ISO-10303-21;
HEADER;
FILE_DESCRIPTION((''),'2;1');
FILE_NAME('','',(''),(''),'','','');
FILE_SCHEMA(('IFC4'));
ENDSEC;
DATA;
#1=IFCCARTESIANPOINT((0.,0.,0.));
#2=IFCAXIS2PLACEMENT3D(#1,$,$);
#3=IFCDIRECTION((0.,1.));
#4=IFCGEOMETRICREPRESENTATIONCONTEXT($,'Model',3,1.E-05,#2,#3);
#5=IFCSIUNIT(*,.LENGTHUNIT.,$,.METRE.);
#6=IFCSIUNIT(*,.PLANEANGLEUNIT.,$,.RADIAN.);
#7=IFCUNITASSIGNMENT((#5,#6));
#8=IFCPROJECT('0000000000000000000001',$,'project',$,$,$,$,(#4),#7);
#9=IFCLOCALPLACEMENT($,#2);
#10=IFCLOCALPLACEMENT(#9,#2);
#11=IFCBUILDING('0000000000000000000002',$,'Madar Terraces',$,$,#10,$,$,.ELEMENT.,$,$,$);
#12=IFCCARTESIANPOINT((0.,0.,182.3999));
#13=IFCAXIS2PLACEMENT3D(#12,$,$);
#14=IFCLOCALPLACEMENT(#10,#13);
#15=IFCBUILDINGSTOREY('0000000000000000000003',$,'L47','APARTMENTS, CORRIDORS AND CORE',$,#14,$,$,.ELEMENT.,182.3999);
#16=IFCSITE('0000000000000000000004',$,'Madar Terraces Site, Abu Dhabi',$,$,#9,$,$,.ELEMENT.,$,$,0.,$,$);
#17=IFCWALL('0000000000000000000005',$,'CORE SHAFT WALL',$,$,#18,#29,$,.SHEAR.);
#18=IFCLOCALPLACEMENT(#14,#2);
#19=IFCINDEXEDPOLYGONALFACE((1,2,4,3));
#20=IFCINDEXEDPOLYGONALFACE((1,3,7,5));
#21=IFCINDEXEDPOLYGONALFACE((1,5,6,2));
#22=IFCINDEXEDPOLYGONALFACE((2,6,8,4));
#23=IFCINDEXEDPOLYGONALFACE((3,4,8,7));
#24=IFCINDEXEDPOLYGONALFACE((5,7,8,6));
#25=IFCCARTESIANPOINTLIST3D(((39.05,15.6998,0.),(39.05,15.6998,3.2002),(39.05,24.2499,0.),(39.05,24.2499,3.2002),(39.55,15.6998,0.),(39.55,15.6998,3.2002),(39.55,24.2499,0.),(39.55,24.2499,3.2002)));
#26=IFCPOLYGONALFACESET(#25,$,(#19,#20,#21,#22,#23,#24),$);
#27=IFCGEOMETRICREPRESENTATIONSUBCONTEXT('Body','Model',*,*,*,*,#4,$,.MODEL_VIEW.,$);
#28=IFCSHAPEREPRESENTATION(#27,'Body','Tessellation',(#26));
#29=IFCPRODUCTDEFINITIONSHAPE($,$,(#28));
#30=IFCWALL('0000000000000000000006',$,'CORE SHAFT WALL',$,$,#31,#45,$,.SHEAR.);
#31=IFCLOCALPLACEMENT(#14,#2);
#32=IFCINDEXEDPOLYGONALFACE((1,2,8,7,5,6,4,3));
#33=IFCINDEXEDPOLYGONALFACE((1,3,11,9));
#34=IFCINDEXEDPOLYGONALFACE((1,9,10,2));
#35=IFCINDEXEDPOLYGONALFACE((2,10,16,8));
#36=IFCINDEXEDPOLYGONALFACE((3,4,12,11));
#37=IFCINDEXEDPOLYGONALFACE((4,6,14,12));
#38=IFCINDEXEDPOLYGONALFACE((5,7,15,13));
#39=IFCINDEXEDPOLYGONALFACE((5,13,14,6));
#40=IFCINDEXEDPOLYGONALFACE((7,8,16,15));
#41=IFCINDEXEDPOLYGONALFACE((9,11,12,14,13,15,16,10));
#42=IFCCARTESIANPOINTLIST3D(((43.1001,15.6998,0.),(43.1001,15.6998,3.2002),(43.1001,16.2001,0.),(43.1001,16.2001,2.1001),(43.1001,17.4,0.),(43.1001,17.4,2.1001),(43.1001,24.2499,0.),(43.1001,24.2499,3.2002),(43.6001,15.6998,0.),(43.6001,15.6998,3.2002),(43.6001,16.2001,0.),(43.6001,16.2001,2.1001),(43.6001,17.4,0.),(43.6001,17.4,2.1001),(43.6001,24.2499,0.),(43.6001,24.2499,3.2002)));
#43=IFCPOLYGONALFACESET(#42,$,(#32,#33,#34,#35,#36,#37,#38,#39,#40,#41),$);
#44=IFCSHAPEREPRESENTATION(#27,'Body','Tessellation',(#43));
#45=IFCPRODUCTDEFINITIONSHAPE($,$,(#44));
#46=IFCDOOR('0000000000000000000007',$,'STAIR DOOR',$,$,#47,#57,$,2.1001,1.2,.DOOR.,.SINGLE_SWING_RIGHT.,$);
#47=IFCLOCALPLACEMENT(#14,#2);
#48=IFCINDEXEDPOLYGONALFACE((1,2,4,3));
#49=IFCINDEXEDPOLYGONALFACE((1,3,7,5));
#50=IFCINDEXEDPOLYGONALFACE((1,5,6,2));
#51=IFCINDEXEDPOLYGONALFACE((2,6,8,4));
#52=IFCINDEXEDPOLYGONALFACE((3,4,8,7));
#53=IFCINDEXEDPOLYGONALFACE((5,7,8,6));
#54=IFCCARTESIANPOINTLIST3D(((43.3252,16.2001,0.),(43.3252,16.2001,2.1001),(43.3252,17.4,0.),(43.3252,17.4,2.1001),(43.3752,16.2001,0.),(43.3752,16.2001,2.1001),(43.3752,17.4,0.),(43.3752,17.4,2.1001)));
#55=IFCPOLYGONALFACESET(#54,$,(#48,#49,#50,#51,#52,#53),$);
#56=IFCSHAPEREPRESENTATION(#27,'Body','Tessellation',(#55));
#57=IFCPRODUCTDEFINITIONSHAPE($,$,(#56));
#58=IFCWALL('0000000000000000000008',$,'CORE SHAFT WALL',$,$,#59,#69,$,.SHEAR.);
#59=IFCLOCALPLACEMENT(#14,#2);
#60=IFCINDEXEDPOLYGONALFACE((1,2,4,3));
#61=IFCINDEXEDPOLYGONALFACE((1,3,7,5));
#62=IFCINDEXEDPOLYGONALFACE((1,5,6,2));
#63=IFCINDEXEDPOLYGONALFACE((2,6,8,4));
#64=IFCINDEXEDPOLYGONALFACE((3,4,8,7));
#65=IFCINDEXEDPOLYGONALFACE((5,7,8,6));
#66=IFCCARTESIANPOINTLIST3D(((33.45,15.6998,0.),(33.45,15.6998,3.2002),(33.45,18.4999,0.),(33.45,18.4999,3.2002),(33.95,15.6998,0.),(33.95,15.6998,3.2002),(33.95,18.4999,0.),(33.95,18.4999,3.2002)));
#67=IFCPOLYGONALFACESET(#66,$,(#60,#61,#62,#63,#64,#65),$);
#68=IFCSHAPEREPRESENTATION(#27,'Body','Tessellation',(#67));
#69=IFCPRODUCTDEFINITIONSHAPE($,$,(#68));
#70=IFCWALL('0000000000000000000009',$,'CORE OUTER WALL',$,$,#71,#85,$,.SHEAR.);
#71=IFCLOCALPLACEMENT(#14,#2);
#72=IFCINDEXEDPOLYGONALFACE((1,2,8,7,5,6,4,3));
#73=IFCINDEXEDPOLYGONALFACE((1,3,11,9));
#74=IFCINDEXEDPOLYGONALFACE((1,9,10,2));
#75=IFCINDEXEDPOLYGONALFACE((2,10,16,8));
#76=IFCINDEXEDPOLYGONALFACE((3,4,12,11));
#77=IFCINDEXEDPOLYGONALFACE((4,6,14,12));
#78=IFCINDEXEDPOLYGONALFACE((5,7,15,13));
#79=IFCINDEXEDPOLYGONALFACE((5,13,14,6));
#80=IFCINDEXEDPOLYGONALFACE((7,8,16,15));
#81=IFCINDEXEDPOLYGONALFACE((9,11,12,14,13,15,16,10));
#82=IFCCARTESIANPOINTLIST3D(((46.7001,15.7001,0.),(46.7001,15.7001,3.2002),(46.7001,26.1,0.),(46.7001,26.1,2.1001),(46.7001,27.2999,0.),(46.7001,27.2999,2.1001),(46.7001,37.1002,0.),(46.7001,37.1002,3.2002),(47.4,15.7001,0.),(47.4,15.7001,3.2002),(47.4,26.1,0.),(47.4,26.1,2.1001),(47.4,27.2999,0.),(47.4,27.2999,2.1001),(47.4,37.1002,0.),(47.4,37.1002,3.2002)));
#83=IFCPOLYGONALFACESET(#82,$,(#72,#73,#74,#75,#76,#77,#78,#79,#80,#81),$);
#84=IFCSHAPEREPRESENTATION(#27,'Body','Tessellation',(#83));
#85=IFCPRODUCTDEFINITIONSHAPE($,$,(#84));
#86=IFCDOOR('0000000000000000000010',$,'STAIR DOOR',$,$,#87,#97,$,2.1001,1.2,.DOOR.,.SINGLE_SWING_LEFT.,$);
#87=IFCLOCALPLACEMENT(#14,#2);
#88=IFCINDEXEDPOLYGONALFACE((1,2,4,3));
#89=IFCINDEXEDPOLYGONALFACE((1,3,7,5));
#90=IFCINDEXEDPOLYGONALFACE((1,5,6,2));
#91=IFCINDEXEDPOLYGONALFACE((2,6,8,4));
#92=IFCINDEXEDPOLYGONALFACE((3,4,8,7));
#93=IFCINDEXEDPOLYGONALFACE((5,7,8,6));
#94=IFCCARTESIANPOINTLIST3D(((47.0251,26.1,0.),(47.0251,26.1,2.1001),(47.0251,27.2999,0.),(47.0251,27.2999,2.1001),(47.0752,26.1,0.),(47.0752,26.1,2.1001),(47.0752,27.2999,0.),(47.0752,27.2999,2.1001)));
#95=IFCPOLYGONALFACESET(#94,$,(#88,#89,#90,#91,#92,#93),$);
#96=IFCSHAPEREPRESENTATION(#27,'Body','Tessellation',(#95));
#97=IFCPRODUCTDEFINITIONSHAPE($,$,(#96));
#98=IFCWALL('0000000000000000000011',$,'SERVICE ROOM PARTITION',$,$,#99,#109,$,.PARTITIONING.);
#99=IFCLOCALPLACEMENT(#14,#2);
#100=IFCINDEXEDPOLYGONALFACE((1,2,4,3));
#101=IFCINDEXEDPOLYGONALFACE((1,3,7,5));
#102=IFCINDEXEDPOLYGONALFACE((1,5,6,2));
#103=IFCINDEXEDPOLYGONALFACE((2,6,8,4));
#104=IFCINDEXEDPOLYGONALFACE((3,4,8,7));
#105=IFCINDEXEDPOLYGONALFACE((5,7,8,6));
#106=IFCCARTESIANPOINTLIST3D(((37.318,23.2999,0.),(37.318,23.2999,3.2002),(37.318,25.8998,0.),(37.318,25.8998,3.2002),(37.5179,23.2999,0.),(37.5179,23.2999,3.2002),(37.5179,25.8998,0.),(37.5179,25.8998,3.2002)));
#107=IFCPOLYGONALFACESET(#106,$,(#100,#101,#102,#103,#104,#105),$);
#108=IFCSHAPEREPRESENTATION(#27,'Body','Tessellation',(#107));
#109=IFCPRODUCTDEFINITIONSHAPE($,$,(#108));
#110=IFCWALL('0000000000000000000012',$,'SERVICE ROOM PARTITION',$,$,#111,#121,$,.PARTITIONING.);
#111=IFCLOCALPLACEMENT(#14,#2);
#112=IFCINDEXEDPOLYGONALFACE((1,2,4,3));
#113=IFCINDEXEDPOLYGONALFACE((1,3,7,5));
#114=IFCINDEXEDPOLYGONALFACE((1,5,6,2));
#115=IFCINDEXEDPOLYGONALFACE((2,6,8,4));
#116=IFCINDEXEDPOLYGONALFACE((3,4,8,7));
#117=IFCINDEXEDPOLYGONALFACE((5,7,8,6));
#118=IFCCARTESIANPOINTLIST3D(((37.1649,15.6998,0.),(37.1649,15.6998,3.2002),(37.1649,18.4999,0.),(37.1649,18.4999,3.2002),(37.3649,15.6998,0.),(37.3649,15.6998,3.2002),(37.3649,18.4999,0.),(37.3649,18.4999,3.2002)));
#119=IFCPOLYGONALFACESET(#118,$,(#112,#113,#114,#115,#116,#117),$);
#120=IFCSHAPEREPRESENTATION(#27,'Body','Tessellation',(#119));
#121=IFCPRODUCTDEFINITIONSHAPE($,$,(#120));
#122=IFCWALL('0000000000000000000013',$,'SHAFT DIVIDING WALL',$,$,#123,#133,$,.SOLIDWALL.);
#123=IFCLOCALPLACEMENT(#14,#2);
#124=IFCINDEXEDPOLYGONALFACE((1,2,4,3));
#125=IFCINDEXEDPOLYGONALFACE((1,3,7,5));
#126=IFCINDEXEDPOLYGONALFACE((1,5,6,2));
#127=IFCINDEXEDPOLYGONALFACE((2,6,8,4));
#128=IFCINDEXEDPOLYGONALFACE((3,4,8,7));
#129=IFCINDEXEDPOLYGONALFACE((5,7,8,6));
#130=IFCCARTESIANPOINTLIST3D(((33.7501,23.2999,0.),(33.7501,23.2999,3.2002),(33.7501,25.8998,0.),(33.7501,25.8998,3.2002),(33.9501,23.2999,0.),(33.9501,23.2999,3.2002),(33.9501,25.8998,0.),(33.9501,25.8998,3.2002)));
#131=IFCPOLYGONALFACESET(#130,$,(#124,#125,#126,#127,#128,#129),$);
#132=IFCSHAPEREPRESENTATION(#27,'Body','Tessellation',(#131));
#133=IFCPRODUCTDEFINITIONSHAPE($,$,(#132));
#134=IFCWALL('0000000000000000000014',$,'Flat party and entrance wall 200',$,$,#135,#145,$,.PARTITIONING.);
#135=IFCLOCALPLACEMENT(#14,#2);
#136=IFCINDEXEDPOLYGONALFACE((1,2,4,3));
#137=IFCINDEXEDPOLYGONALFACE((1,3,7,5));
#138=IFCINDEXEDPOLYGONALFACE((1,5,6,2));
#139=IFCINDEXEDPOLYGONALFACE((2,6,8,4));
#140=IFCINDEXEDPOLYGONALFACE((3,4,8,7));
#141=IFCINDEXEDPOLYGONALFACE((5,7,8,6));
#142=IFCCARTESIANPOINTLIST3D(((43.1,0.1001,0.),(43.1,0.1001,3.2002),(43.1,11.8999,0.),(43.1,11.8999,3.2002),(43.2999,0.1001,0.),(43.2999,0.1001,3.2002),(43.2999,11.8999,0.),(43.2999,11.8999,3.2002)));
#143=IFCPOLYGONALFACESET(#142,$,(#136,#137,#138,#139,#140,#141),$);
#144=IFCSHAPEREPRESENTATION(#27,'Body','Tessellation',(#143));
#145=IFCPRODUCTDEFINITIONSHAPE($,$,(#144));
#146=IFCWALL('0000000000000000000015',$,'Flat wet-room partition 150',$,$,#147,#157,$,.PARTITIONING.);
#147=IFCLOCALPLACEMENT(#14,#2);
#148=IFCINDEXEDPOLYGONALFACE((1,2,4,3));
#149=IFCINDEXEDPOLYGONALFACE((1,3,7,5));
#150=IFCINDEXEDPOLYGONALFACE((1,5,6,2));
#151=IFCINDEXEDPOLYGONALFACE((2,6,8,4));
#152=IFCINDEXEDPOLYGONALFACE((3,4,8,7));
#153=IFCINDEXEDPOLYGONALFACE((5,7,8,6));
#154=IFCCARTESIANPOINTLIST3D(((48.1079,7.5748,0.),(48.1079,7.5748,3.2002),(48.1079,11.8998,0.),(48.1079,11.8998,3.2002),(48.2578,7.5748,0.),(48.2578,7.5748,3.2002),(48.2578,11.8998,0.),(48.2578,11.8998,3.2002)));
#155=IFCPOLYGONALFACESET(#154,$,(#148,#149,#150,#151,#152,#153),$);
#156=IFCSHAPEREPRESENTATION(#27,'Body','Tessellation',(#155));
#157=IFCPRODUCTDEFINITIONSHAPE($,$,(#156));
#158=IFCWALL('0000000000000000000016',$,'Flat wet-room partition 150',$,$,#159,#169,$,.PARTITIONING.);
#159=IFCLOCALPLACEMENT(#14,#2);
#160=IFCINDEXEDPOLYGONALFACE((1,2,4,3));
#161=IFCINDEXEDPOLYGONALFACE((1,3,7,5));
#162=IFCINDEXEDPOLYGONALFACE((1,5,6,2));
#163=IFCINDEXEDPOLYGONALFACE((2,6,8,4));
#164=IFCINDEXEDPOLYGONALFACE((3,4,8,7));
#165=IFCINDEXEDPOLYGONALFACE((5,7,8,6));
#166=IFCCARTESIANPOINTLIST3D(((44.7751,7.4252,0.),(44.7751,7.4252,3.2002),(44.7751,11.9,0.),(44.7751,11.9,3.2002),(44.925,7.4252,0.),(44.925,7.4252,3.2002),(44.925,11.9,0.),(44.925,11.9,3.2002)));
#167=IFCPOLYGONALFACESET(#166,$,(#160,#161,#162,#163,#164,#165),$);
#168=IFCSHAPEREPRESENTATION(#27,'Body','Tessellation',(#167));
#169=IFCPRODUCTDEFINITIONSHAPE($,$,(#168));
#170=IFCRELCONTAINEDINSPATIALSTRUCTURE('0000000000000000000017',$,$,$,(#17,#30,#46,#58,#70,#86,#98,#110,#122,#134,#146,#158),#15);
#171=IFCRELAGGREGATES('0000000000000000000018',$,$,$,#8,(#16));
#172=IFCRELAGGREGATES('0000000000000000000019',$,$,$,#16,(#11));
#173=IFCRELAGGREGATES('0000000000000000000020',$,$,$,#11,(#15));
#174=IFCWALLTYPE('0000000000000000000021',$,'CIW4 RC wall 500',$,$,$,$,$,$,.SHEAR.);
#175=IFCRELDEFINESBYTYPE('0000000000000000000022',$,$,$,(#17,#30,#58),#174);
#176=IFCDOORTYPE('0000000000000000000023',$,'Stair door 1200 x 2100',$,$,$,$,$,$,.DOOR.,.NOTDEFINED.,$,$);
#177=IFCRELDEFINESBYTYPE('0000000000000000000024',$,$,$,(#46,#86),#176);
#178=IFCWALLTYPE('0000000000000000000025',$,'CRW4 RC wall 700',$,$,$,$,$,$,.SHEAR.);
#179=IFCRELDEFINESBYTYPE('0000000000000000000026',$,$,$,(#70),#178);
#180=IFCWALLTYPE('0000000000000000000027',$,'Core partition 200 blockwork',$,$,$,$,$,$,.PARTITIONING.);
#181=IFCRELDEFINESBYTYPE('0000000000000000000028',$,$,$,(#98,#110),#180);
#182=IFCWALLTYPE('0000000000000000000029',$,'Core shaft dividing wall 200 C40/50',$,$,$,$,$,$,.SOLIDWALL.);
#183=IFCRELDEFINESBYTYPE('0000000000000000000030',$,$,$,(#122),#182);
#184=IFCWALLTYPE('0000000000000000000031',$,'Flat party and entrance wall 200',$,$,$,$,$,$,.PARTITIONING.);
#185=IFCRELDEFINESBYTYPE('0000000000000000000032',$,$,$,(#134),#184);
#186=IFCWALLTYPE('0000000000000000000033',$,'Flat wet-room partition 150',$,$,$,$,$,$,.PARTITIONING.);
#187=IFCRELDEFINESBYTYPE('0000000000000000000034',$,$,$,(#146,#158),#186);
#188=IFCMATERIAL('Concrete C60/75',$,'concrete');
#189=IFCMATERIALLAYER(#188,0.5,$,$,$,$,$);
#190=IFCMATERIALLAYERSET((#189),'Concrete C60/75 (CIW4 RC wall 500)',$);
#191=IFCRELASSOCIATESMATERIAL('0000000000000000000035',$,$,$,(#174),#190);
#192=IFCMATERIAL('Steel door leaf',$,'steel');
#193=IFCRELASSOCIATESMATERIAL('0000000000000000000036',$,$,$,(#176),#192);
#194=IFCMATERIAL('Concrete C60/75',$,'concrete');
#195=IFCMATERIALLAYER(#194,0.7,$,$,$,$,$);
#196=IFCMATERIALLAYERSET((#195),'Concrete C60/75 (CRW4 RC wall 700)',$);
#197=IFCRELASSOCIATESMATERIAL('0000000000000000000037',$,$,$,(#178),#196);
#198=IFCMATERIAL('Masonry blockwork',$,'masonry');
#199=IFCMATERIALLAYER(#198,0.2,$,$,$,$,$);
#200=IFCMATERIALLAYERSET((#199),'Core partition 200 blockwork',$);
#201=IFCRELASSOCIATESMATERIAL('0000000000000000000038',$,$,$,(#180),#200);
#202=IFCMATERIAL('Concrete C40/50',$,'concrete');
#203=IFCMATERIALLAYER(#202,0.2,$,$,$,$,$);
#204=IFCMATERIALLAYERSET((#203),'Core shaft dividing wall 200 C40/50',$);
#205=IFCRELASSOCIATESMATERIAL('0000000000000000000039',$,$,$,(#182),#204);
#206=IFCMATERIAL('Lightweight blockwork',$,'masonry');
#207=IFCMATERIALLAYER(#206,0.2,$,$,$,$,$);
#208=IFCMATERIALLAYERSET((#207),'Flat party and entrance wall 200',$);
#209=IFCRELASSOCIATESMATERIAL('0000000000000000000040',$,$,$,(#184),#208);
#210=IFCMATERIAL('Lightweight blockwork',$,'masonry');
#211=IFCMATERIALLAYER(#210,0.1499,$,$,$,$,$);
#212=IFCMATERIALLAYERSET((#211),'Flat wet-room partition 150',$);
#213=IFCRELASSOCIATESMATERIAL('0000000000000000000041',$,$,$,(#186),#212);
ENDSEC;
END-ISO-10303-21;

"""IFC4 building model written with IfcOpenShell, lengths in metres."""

from ifc_helpers import new_model, si_unit, direction, frame, frame_2d, origin, place, context, subcontext, project, spatial, rectangle, extrude, material, layer, layer_set, type_object, element, fill, save


model = new_model("IFC4")

# Units and contexts
model_context = context("Model", 3, precision=1e-05, world=origin(), true_north=direction((0.0, 1.0)))
body_context = subcontext(model_context, "Body", "Model", "MODEL_VIEW")
ifc_project = project(units=[si_unit("LENGTHUNIT", "METRE"), si_unit("PLANEANGLEUNIT", "RADIAN")], contexts=[model_context])

# Site, building, storey
site_placement = place(None, origin())
site = spatial("IfcSite", under=ifc_project, at=site_placement, Name="Madar Terraces Site, Abu Dhabi", CompositionType="ELEMENT", RefElevation=0.0)
building_placement = place(site_placement, origin())
building = spatial("IfcBuilding", under=site, at=building_placement, Name="Madar Terraces", CompositionType="ELEMENT")
storey_placement = place(building_placement, frame((0.0, 0.0, 182.3999)))
storey = spatial("IfcBuildingStorey", under=building, at=storey_placement, Name="L47", Description="APARTMENTS, CORRIDORS AND CORE", CompositionType="ELEMENT", Elevation=182.3999)

# Wall
ifc_material_1 = material(Name="Concrete C60/75", Category="concrete")
ifc_layer_1 = layer(ifc_material_1, 0.5)
ifc_layer_set_1 = layer_set([ifc_layer_1], Name="Concrete C60/75 (CIW4 RC wall 500)")
wall_type_1 = type_object("IfcWallType", Name="CIW4 RC wall 500", PredefinedType="SHEAR", material=ifc_layer_set_1)
wall_1_placement = place(storey_placement, frame((39.3, 15.7, 0.0), z_axis=(0.0, 0.0, 1.0), x_axis=(0.0, 1.0, 0.0)))
element("IfcWall", 1, at=wall_1_placement, inside=storey, type_object=wall_type_1, Name="CORE SHAFT WALL", PredefinedType="SHEAR", context=body_context, shape_type="SweptSolid", body=[
    extrude(rectangle(XDim=8.55, YDim=0.5, at=frame_2d((4.2749, 0.0))), origin(), (0.0, 0.0, 1.0), 3.2002),
])

# Wall, opening, door
wall_2_placement = place(storey_placement, frame((43.3501, 15.7, 0.0), z_axis=(0.0, 0.0, 1.0), x_axis=(0.0, 1.0, 0.0)))
wall_2 = element("IfcWall", 2, at=wall_2_placement, inside=storey, type_object=wall_type_1, Name="CORE SHAFT WALL", PredefinedType="SHEAR", context=body_context, shape_type="SweptSolid", body=[
    extrude(rectangle(XDim=8.55, YDim=0.5, at=frame_2d((4.2749, 0.0))), origin(), (0.0, 0.0, 1.0), 3.2002),
])
opening_1_placement = place(wall_2_placement, frame((0.5, 0.0, 0.0)))
opening_1 = element("IfcOpeningElement", 3, at=opening_1_placement, cuts=wall_2, PredefinedType="OPENING", context=body_context, shape_type="SweptSolid", body=[
    extrude(rectangle(XDim=1.2, YDim=2.1001, at=frame_2d((0.6001, 1.05))), frame((0.0, 0.26, 0.0), z_axis=(0.0, -1.0, 0.0), x_axis=(1.0, 0.0, 0.0)), (0.0, 0.0, 1.0), 0.52),
])
ifc_material_2 = material(Name="Steel door leaf", Category="steel")
door_type = type_object("IfcDoorType", Name="Stair door 1200 x 2100", OperationType="NOTDEFINED", PredefinedType="DOOR", material=ifc_material_2)
door_1_placement = place(opening_1_placement, origin())
door_1 = element("IfcDoor", 4, at=door_1_placement, inside=storey, type_object=door_type, Name="STAIR DOOR", OperationType="SINGLE_SWING_RIGHT", OverallHeight=2.1001, OverallWidth=1.2, PredefinedType="DOOR", context=body_context, shape_type="SweptSolid", body=[
    extrude(rectangle(XDim=1.2, YDim=2.1001, at=frame_2d((0.6001, 1.05))), frame((0.0, 0.0249, 0.0), z_axis=(0.0, -1.0, 0.0), x_axis=(1.0, 0.0, 0.0)), (0.0, 0.0, 1.0), 0.05),
])
fill(opening_1, door_1)

# Wall
wall_3_placement = place(storey_placement, frame((33.7, 15.7, 0.0), z_axis=(0.0, 0.0, 1.0), x_axis=(0.0, 1.0, 0.0)))
element("IfcWall", 5, at=wall_3_placement, inside=storey, type_object=wall_type_1, Name="CORE SHAFT WALL", PredefinedType="SHEAR", context=body_context, shape_type="SweptSolid", body=[
    extrude(rectangle(XDim=2.8, YDim=0.5, at=frame_2d((1.3999, 0.0))), origin(), (0.0, 0.0, 1.0), 3.2002),
])

# Wall, opening, door
ifc_material_3 = material(Name="Concrete C60/75", Category="concrete")
ifc_layer_2 = layer(ifc_material_3, 0.7)
ifc_layer_set_2 = layer_set([ifc_layer_2], Name="Concrete C60/75 (CRW4 RC wall 700)")
wall_type_2 = type_object("IfcWallType", Name="CRW4 RC wall 700", PredefinedType="SHEAR", material=ifc_layer_set_2)
wall_4_placement = place(storey_placement, frame((47.05, 15.7, 0.0), z_axis=(0.0, 0.0, 1.0), x_axis=(0.0, 1.0, 0.0)))
wall_4 = element("IfcWall", 6, at=wall_4_placement, inside=storey, type_object=wall_type_2, Name="CORE OUTER WALL", PredefinedType="SHEAR", context=body_context, shape_type="SweptSolid", body=[
    extrude(rectangle(XDim=21.4001, YDim=0.7, at=frame_2d((10.7002, 0.0))), origin(), (0.0, 0.0, 1.0), 3.2002),
])
opening_2_placement = place(wall_4_placement, frame((10.3999, 0.0, 0.0)))
opening_2 = element("IfcOpeningElement", 7, at=opening_2_placement, cuts=wall_4, PredefinedType="OPENING", context=body_context, shape_type="SweptSolid", body=[
    extrude(rectangle(XDim=1.2, YDim=2.1001, at=frame_2d((0.6001, 1.05))), frame((0.0, 0.3599, 0.0), z_axis=(0.0, -1.0, 0.0), x_axis=(1.0, 0.0, 0.0)), (0.0, 0.0, 1.0), 0.72),
])
door_2_placement = place(opening_2_placement, origin())
door_2 = element("IfcDoor", 8, at=door_2_placement, inside=storey, type_object=door_type, Name="STAIR DOOR", OperationType="SINGLE_SWING_LEFT", OverallHeight=2.1001, OverallWidth=1.2, PredefinedType="DOOR", context=body_context, shape_type="SweptSolid", body=[
    extrude(rectangle(XDim=1.2, YDim=2.1001, at=frame_2d((0.6001, 1.05))), frame((0.0, 0.0249, 0.0), z_axis=(0.0, -1.0, 0.0), x_axis=(1.0, 0.0, 0.0)), (0.0, 0.0, 1.0), 0.05),
])
fill(opening_2, door_2)

# Walls
ifc_material_4 = material(Name="Masonry blockwork", Category="masonry")
ifc_layer_3 = layer(ifc_material_4, 0.2)
ifc_layer_set_3 = layer_set([ifc_layer_3], Name="Core partition 200 blockwork")
wall_type_3 = type_object("IfcWallType", Name="Core partition 200 blockwork", PredefinedType="PARTITIONING", material=ifc_layer_set_3)
wall_5_placement = place(storey_placement, frame((37.418, 23.3, 0.0), z_axis=(0.0, 0.0, 1.0), x_axis=(0.0, 1.0, 0.0)))
element("IfcWall", 9, at=wall_5_placement, inside=storey, type_object=wall_type_3, Name="SERVICE ROOM PARTITION", PredefinedType="PARTITIONING", context=body_context, shape_type="SweptSolid", body=[
    extrude(rectangle(XDim=2.5999, YDim=0.2, at=frame_2d((1.2998, 0.0))), origin(), (0.0, 0.0, 1.0), 3.2002),
])
wall_6_placement = place(storey_placement, frame((37.2649, 15.7, 0.0), z_axis=(0.0, 0.0, 1.0), x_axis=(0.0, 1.0, 0.0)))
element("IfcWall", 10, at=wall_6_placement, inside=storey, type_object=wall_type_3, Name="SERVICE ROOM PARTITION", PredefinedType="PARTITIONING", context=body_context, shape_type="SweptSolid", body=[
    extrude(rectangle(XDim=2.8, YDim=0.2, at=frame_2d((1.3999, 0.0))), origin(), (0.0, 0.0, 1.0), 3.2002),
])
ifc_material_5 = material(Name="Concrete C40/50", Category="concrete")
ifc_layer_4 = layer(ifc_material_5, 0.2)
ifc_layer_set_4 = layer_set([ifc_layer_4], Name="Core shaft dividing wall 200 C40/50")
wall_type_4 = type_object("IfcWallType", Name="Core shaft dividing wall 200 C40/50", PredefinedType="SOLIDWALL", material=ifc_layer_set_4)
wall_7_placement = place(storey_placement, frame((33.8501, 23.3, 0.0), z_axis=(0.0, 0.0, 1.0), x_axis=(0.0, 1.0, 0.0)))
element("IfcWall", 11, at=wall_7_placement, inside=storey, type_object=wall_type_4, Name="SHAFT DIVIDING WALL", PredefinedType="SOLIDWALL", context=body_context, shape_type="SweptSolid", body=[
    extrude(rectangle(XDim=2.5999, YDim=0.2, at=frame_2d((1.2998, 0.0))), origin(), (0.0, 0.0, 1.0), 3.2002),
])
ifc_material_6 = material(Name="Lightweight blockwork", Category="masonry")
ifc_layer_5 = layer(ifc_material_6, 0.2)
ifc_layer_set_5 = layer_set([ifc_layer_5], Name="Flat party and entrance wall 200")
wall_type_5 = type_object("IfcWallType", Name="Flat party and entrance wall 200", PredefinedType="PARTITIONING", material=ifc_layer_set_5)
wall_8_placement = place(storey_placement, frame((43.2, 11.8999, 0.0), z_axis=(0.0, 0.0, 1.0), x_axis=(0.0, -1.0, 0.0)))
element("IfcWall", 12, at=wall_8_placement, inside=storey, type_object=wall_type_5, Name="Flat party and entrance wall 200", PredefinedType="PARTITIONING", context=body_context, shape_type="SweptSolid", body=[
    extrude(rectangle(XDim=11.7998, YDim=0.2, at=frame_2d((5.8999, 0.0))), origin(), (0.0, 0.0, 1.0), 3.2002),
])
ifc_material_7 = material(Name="Lightweight blockwork", Category="masonry")
ifc_layer_6 = layer(ifc_material_7, 0.1499)
ifc_layer_set_6 = layer_set([ifc_layer_6], Name="Flat wet-room partition 150")
wall_type_6 = type_object("IfcWallType", Name="Flat wet-room partition 150", PredefinedType="PARTITIONING", material=ifc_layer_set_6)
wall_9_placement = place(storey_placement, frame((48.1829, 11.8999, 0.0), z_axis=(0.0, 0.0, 1.0), x_axis=(0.0, -1.0, 0.0)))
element("IfcWall", 13, at=wall_9_placement, inside=storey, type_object=wall_type_6, Name="Flat wet-room partition 150", PredefinedType="PARTITIONING", context=body_context, shape_type="SweptSolid", body=[
    extrude(rectangle(XDim=4.325, YDim=0.1499, at=frame_2d((2.1626, 0.0))), origin(), (0.0, 0.0, 1.0), 3.2002),
])
wall_10_placement = place(storey_placement, frame((44.8501, 11.8999, 0.0), z_axis=(0.0, 0.0, 1.0), x_axis=(0.0, -1.0, 0.0)))
element("IfcWall", 14, at=wall_10_placement, inside=storey, type_object=wall_type_6, Name="Flat wet-room partition 150", PredefinedType="PARTITIONING", context=body_context, shape_type="SweptSolid", body=[
    extrude(rectangle(XDim=4.4749, YDim=0.1499, at=frame_2d((2.2373, 0.0))), origin(), (0.0, 0.0, 1.0), 3.2002),
])

save(model, "model.ifc")
